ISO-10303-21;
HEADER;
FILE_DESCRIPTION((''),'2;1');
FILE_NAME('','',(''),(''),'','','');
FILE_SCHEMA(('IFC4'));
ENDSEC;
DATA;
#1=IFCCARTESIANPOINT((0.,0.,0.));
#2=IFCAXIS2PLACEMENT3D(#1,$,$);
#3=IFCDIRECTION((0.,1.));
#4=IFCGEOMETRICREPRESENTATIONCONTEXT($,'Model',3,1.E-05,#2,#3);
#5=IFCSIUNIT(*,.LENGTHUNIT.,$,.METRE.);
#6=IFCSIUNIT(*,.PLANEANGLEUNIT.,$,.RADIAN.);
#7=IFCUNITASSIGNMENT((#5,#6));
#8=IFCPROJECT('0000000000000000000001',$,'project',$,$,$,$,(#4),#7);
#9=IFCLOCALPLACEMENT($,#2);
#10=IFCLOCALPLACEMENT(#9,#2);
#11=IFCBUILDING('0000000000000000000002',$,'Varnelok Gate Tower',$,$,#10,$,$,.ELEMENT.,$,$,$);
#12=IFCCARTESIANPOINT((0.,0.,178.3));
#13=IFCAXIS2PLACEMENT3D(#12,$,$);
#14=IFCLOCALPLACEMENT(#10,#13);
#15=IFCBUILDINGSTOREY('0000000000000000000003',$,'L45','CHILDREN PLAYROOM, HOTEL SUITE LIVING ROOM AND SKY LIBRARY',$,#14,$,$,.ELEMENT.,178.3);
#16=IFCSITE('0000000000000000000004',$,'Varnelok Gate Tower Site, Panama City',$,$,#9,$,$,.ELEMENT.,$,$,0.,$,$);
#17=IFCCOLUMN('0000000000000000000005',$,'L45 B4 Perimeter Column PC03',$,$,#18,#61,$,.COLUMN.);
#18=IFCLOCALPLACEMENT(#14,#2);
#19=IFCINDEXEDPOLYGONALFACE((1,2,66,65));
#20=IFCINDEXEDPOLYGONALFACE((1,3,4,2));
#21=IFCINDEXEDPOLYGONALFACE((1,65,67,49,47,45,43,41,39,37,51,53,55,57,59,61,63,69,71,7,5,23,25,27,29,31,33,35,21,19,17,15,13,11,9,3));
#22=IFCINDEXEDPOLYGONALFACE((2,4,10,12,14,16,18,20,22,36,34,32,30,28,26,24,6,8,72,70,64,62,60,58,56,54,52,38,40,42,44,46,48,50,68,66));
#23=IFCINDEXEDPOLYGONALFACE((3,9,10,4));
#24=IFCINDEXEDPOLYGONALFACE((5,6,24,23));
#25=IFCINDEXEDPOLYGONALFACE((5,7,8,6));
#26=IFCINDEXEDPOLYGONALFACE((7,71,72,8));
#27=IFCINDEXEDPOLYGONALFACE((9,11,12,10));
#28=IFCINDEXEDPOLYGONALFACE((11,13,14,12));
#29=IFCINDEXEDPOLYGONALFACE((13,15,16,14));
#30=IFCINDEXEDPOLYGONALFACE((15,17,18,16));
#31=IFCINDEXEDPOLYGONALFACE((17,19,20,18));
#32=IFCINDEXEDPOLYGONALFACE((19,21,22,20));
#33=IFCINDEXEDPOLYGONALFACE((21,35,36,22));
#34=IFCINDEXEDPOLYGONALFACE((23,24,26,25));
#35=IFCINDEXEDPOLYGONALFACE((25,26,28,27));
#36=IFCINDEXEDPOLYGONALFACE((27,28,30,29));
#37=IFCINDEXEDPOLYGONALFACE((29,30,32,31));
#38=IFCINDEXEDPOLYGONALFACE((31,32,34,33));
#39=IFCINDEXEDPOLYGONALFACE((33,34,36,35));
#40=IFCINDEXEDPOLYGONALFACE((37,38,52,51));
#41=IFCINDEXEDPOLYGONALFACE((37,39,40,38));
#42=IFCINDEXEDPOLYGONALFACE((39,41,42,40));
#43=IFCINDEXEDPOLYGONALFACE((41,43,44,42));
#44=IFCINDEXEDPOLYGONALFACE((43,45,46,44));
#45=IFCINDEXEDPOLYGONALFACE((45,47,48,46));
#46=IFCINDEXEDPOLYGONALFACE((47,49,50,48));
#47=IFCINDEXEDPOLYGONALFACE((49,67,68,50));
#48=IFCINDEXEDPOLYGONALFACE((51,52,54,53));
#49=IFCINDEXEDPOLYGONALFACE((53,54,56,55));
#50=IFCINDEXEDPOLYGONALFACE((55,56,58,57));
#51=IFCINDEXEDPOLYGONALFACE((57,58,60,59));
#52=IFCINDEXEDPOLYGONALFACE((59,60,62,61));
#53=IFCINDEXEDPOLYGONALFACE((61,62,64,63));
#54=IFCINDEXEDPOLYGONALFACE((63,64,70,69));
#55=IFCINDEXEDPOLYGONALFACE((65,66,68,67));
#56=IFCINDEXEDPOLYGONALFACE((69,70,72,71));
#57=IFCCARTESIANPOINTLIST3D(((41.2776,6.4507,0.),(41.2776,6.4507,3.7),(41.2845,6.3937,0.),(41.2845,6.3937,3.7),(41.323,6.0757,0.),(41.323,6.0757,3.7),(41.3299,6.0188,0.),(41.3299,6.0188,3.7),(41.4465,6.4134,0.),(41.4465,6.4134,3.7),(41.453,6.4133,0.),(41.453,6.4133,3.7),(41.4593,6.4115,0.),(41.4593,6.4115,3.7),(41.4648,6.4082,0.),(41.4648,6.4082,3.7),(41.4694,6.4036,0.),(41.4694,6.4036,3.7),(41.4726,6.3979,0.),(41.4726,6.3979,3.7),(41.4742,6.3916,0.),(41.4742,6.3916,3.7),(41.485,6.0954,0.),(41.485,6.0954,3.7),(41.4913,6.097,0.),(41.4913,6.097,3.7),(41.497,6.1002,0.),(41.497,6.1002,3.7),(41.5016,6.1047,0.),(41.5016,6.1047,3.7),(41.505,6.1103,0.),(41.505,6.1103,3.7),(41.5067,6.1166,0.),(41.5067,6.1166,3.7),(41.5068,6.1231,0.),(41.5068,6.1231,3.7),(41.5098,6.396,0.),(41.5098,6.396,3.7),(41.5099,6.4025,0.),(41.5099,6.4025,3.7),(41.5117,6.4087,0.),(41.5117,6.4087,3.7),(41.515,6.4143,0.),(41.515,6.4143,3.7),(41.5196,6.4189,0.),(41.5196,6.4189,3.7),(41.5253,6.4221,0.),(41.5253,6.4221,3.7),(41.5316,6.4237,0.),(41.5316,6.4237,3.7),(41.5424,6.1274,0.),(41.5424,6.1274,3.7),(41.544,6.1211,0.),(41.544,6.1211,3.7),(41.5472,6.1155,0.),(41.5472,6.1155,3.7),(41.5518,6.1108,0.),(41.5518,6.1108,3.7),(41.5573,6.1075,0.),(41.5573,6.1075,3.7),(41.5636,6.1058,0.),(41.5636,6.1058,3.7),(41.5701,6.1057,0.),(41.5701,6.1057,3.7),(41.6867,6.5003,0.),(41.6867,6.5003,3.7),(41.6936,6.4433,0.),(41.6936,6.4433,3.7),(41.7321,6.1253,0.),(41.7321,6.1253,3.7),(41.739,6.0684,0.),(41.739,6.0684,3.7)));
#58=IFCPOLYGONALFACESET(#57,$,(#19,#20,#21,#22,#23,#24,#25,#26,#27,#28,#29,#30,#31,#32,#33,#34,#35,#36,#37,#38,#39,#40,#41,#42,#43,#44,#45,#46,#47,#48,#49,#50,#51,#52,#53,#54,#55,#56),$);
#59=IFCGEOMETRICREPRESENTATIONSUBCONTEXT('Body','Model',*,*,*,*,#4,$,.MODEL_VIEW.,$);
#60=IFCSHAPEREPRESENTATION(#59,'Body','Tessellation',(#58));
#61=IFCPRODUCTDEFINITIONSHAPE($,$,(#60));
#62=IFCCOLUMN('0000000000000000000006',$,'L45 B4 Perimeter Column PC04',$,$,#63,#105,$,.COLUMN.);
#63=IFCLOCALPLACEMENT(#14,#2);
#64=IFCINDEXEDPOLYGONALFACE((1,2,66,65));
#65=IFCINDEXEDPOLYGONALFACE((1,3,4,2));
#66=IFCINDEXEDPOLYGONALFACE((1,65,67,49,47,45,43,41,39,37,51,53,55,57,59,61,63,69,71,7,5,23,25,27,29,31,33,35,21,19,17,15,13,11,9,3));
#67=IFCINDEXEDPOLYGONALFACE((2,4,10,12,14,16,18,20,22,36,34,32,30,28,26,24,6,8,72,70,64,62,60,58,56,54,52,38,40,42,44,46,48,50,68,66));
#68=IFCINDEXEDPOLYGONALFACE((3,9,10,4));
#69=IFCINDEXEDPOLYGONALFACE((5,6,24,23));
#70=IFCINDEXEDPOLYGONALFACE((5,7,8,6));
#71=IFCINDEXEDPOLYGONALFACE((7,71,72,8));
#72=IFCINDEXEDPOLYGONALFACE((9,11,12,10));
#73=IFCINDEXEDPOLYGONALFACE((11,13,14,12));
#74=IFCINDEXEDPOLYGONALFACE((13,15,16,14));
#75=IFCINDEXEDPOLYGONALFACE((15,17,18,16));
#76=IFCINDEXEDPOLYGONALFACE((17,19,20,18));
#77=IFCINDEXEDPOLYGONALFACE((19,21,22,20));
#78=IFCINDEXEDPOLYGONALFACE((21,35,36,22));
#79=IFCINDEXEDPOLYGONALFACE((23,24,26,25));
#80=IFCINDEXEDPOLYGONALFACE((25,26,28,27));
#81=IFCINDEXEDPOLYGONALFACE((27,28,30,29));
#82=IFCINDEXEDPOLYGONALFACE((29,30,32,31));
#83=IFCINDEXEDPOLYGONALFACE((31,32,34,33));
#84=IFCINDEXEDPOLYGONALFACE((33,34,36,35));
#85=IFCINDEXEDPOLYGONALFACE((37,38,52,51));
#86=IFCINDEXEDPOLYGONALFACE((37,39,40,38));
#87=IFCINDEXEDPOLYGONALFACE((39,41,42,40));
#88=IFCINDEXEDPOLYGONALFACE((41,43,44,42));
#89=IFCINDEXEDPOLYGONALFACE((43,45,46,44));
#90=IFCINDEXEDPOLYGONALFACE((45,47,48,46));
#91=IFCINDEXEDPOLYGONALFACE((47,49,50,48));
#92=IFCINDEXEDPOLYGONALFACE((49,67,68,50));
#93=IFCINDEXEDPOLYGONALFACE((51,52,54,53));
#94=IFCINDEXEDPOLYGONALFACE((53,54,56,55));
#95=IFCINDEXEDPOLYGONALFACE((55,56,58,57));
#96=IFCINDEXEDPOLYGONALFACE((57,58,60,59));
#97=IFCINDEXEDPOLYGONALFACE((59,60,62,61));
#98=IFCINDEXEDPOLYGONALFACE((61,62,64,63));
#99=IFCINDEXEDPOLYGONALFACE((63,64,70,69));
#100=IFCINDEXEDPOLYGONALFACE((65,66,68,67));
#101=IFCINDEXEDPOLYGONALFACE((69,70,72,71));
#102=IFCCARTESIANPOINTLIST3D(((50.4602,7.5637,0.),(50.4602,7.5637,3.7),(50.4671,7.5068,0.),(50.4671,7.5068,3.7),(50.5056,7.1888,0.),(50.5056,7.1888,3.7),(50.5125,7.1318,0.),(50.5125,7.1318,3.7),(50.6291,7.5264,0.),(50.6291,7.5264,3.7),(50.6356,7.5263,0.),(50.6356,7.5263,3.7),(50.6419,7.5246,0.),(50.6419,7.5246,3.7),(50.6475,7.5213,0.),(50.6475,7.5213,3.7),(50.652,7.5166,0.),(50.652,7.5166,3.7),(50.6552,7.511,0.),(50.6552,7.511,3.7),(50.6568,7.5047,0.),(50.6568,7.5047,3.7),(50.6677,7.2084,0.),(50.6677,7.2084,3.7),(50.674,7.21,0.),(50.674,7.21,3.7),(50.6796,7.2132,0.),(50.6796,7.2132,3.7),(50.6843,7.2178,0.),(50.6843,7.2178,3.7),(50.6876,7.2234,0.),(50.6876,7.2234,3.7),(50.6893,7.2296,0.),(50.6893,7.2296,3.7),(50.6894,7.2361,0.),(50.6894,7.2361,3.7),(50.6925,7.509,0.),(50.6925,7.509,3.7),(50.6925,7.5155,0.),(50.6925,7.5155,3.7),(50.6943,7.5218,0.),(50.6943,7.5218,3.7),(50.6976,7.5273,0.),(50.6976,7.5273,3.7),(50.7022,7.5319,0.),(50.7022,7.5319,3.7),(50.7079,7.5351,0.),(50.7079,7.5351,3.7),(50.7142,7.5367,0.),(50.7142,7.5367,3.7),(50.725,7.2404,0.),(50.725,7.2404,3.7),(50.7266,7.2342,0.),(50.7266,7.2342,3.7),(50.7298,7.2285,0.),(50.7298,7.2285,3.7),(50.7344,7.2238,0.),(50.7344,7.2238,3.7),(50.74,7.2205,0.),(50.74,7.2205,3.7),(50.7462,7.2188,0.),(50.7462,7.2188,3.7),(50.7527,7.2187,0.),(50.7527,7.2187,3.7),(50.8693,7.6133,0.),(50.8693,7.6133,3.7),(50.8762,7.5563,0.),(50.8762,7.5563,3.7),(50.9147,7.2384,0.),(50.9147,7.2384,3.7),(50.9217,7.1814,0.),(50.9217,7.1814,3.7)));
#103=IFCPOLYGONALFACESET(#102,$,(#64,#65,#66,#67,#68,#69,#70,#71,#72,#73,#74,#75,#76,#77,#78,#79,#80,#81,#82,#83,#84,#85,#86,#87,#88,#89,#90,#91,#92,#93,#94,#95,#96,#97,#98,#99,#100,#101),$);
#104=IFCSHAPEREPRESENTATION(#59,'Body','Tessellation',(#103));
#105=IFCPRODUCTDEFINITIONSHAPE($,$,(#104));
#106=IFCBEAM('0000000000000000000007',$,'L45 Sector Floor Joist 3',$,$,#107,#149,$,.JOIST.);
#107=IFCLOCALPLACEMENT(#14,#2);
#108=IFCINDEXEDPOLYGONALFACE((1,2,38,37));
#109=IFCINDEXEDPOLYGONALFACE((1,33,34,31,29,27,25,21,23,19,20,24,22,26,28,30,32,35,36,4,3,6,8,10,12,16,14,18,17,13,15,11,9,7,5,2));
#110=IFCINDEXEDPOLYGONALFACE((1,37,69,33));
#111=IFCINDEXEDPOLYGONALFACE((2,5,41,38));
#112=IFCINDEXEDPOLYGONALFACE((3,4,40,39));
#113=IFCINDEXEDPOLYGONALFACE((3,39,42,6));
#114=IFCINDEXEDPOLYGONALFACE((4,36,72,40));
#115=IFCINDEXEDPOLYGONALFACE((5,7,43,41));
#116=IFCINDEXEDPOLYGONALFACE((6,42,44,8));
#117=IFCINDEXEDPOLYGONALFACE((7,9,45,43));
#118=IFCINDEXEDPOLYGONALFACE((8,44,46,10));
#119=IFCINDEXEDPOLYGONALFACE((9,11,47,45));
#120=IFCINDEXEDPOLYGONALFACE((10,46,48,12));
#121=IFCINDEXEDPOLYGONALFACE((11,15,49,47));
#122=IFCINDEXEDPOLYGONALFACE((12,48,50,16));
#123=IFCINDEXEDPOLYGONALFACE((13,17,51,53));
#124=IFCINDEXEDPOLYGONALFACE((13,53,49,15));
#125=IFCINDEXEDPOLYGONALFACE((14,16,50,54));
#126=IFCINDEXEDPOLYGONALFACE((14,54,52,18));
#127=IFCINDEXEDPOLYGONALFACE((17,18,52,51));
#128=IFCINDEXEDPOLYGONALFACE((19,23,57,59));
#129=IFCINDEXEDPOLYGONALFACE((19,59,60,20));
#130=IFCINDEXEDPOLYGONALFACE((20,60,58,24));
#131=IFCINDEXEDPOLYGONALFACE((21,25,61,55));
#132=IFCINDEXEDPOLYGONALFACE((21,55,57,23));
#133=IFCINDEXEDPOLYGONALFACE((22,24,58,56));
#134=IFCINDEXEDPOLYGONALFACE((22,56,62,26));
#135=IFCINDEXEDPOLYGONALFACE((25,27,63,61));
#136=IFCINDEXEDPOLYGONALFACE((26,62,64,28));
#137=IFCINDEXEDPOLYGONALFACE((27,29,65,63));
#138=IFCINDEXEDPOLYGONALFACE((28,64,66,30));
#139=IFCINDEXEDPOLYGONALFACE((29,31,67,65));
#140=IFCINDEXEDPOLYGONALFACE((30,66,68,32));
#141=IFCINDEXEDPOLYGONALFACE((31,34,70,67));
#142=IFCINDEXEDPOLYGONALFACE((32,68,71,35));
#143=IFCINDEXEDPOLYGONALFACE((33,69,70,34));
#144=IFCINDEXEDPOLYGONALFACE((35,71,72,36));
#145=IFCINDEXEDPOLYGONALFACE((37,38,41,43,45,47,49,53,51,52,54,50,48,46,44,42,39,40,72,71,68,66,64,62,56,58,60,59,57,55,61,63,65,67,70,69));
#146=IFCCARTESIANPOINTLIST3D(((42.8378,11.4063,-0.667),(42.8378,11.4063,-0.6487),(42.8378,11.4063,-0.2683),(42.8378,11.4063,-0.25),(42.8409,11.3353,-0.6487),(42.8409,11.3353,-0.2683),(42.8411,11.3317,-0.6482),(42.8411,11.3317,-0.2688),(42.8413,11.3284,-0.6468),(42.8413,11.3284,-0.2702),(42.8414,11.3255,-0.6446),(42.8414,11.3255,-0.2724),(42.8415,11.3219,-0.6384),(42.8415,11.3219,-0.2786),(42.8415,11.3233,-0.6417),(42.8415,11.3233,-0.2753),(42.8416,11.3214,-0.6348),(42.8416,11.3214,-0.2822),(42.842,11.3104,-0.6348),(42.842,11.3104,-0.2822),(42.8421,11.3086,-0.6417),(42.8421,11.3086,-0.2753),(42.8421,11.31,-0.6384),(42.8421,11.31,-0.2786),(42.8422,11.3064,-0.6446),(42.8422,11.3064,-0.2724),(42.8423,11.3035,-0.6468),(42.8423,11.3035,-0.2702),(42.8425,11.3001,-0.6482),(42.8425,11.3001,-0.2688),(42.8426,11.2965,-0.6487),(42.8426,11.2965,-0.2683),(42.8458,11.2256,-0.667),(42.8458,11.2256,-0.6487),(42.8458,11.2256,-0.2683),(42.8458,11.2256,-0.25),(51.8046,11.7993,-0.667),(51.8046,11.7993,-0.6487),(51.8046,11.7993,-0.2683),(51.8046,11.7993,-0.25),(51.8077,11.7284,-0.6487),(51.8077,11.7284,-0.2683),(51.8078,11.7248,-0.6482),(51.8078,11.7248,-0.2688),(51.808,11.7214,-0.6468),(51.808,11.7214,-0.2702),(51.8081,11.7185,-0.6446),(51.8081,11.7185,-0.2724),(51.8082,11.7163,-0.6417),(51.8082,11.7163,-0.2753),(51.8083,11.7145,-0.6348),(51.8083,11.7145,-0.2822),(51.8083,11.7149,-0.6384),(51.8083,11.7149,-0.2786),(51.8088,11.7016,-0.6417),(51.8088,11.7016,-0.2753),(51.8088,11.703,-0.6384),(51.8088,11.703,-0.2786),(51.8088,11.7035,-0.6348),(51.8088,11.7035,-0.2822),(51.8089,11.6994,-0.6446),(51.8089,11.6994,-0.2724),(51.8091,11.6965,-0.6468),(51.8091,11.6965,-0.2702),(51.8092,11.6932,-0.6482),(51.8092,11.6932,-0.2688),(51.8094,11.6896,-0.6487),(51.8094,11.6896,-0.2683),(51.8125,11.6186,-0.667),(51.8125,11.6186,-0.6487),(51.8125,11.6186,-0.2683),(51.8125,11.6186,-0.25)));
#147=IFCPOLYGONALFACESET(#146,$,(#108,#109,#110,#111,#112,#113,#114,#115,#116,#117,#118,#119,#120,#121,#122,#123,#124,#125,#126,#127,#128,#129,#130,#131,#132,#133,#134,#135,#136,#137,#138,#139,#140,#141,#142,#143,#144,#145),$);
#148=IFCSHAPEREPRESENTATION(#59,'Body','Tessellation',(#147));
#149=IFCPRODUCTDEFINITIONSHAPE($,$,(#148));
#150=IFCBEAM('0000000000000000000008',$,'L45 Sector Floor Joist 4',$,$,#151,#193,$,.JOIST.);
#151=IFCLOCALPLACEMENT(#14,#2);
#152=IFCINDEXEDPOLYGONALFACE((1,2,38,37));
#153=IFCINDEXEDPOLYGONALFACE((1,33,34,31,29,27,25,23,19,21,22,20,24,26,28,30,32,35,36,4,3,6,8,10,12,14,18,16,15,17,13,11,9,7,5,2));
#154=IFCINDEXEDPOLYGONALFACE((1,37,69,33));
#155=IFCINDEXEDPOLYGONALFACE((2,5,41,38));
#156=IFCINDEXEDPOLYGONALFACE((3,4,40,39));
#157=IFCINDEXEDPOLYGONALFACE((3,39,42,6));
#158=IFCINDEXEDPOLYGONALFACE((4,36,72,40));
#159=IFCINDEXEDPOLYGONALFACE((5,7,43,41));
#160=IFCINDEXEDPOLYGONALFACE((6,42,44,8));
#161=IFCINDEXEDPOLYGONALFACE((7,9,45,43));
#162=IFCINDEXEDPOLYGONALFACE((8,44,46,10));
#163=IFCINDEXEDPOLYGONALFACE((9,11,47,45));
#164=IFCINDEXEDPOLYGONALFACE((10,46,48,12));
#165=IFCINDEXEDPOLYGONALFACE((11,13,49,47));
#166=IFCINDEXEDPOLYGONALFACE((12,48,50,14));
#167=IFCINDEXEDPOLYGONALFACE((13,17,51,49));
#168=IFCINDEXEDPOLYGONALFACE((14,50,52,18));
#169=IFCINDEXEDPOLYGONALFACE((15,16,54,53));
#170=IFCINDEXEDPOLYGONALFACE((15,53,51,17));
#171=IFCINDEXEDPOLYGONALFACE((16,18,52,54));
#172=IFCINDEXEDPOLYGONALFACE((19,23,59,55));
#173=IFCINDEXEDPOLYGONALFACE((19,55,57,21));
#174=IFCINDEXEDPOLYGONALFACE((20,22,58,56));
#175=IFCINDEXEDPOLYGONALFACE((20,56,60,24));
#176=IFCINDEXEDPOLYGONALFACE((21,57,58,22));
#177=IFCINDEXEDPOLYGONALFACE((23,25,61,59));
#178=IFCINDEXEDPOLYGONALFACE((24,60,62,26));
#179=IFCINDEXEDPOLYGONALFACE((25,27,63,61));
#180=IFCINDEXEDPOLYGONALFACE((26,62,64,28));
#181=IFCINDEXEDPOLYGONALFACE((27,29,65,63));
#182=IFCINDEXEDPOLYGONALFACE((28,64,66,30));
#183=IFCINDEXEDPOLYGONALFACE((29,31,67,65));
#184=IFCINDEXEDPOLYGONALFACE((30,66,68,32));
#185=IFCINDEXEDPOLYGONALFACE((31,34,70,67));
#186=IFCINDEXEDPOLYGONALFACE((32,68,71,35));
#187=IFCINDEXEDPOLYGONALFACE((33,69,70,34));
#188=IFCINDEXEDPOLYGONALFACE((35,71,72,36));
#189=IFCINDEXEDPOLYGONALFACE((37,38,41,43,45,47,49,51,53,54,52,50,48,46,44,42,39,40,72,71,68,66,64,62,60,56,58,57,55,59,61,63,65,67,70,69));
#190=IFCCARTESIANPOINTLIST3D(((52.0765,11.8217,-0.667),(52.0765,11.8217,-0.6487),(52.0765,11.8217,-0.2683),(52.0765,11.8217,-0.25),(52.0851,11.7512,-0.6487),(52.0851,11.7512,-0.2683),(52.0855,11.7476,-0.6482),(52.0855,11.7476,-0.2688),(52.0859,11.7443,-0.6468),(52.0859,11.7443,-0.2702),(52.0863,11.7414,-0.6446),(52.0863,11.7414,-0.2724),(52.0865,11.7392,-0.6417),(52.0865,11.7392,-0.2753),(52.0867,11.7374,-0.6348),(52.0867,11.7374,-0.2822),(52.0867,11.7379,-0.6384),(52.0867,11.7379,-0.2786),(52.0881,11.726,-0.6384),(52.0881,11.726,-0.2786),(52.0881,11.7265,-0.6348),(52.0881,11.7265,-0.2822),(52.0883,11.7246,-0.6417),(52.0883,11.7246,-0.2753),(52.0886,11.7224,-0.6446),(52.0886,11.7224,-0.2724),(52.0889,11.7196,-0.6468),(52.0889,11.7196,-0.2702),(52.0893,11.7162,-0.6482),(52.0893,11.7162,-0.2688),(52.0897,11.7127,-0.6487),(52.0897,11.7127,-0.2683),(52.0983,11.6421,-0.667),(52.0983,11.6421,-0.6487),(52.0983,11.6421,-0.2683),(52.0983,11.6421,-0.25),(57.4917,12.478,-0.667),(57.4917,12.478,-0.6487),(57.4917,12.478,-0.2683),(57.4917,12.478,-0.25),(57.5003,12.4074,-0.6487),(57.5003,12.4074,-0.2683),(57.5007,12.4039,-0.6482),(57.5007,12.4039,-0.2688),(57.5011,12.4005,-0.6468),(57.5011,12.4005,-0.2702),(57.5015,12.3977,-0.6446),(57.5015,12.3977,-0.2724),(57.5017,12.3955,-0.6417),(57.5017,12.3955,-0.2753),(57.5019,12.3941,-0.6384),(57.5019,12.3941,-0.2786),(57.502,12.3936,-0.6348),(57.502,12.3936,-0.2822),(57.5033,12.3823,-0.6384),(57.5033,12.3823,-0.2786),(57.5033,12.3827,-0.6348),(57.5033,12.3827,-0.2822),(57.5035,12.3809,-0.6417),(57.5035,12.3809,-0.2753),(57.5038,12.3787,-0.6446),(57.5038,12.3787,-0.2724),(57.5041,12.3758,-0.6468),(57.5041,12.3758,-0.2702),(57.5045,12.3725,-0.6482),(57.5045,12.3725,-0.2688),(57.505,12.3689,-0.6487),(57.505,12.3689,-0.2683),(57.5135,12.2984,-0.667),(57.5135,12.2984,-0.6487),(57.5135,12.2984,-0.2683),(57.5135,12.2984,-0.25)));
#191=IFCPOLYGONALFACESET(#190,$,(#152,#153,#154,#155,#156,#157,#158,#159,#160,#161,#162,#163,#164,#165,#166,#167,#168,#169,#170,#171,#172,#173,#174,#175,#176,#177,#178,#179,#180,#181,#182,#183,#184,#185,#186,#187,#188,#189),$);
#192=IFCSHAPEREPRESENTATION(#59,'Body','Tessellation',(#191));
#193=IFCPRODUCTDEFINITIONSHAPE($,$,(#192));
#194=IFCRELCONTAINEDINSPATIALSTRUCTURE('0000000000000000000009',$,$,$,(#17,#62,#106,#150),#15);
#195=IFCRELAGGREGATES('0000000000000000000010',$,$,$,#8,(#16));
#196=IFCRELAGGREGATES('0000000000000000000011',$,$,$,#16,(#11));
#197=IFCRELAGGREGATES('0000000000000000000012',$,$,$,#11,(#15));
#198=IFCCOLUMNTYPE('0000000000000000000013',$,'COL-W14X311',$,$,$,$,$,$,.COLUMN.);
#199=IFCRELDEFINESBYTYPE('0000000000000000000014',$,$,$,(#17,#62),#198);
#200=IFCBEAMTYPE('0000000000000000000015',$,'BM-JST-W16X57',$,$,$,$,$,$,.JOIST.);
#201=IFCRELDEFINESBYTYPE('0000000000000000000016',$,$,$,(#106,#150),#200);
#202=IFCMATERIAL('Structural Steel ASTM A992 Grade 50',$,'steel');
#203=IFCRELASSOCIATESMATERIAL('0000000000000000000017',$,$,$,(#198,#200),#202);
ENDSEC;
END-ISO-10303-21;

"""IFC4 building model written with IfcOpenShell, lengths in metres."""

from ifc_helpers import new_model, si_unit, direction, frame, origin, origin_2d, place, context, subcontext, project, spatial, i_section, extrude, material, material_profile, profile_set, type_object, element, save


model = new_model("IFC4")

# Units and contexts
model_context = context("Model", 3, precision=1e-05, world=origin(), true_north=direction((0.0, 1.0)))
body_context = subcontext(model_context, "Body", "Model", "MODEL_VIEW")
ifc_project = project(units=[si_unit("LENGTHUNIT", "METRE"), si_unit("PLANEANGLEUNIT", "RADIAN")], contexts=[model_context])

# Site, building, storey
site_placement = place(None, origin())
site = spatial("IfcSite", under=ifc_project, at=site_placement, Name="Varnelok Gate Tower Site, Panama City", CompositionType="ELEMENT", RefElevation=0.0)
building_placement = place(site_placement, origin())
building = spatial("IfcBuilding", under=site, at=building_placement, Name="Varnelok Gate Tower", CompositionType="ELEMENT")
storey_placement = place(building_placement, frame((0.0, 0.0, 178.3)))
storey = spatial("IfcBuildingStorey", under=building, at=storey_placement, Name="L45", Description="CHILDREN PLAYROOM, HOTEL SUITE LIVING ROOM AND SKY LIBRARY", CompositionType="ELEMENT", Elevation=178.3)

# Columns
ifc_material_1 = material(Name="Structural Steel ASTM A992 Grade 50", Category="steel")
ifc_material_profile_1 = material_profile(ifc_material_1, i_section(OverallWidth=0.4121, OverallDepth=0.4351, WebThickness=0.0359, FlangeThickness=0.0574, FilletRadius=0.0249, at=origin_2d()), Name="W14X311")
ifc_profile_set_1 = profile_set([ifc_material_profile_1], Name="Structural Steel ASTM A992 Grade 50")
column_type = type_object("IfcColumnType", Name="COL-W14X311", PredefinedType="COLUMN", material=ifc_profile_set_1)
for number, where, z_axis, x_axis, name in (
    (1, (41.5083, 6.2595, 0.0), (0.0, 0.0, 1.0), (0.992732, 0.120345, 0.0), "L45 B4 Perimeter Column PC03"),
    (2, (50.6909, 7.3726, 0.0), (0.0, 0.0, 1.0), (0.992732, 0.120345, 0.0), "L45 B4 Perimeter Column PC04"),
):
    element("IfcColumn", number, at=place(storey_placement, frame(where, z_axis=z_axis, x_axis=x_axis)), inside=storey, type_object=column_type, Name=name, PredefinedType="COLUMN", context=body_context, shape_type="SweptSolid", body=[
        extrude(i_section(OverallWidth=0.4121, OverallDepth=0.4351, WebThickness=0.0359, FlangeThickness=0.0574, FilletRadius=0.0249, at=origin_2d()), origin(), (0.0, 0.0, 1.0), 3.7),
    ])

# Beams
ifc_material_profile_2 = material_profile(ifc_material_1, i_section(OverallWidth=0.1809, OverallDepth=0.417, WebThickness=0.011, FlangeThickness=0.0183, FilletRadius=0.0139, at=origin_2d()), Name="W16X57")
ifc_profile_set_2 = profile_set([ifc_material_profile_2], Name="Structural Steel ASTM A992 Grade 50")
beam_type_1 = type_object("IfcBeamType", Name="BM-JST-W16X57", PredefinedType="JOIST", material=ifc_profile_set_2)
beam_1_placement = place(storey_placement, frame((42.8418, 11.3159, -0.4585), z_axis=(0.999041, 0.043794, 0.0), x_axis=(-0.043794, 0.999041, 0.0)))
element("IfcBeam", 3, at=beam_1_placement, inside=storey, type_object=beam_type_1, Name="L45 Sector Floor Joist 3", PredefinedType="JOIST", context=body_context, shape_type="SweptSolid", body=[
    extrude(i_section(OverallWidth=0.1809, OverallDepth=0.417, WebThickness=0.011, FlangeThickness=0.0183, FilletRadius=0.0139, at=origin_2d()), origin(), (0.0, 0.0, 1.0), 8.9753),
])
beam_2_placement = place(storey_placement, frame((52.0874, 11.7319, -0.4585), z_axis=(0.992737, 0.120305, 0.0), x_axis=(-0.120305, 0.992737, 0.0)))
element("IfcBeam", 4, at=beam_2_placement, inside=storey, type_object=beam_type_1, Name="L45 Sector Floor Joist 4", PredefinedType="JOIST", context=body_context, shape_type="SweptSolid", body=[
    extrude(i_section(OverallWidth=0.1809, OverallDepth=0.417, WebThickness=0.011, FlangeThickness=0.0183, FilletRadius=0.0139, at=origin_2d()), origin(), (0.0, 0.0, 1.0), 5.4548),
])

save(model, "model.ifc")
